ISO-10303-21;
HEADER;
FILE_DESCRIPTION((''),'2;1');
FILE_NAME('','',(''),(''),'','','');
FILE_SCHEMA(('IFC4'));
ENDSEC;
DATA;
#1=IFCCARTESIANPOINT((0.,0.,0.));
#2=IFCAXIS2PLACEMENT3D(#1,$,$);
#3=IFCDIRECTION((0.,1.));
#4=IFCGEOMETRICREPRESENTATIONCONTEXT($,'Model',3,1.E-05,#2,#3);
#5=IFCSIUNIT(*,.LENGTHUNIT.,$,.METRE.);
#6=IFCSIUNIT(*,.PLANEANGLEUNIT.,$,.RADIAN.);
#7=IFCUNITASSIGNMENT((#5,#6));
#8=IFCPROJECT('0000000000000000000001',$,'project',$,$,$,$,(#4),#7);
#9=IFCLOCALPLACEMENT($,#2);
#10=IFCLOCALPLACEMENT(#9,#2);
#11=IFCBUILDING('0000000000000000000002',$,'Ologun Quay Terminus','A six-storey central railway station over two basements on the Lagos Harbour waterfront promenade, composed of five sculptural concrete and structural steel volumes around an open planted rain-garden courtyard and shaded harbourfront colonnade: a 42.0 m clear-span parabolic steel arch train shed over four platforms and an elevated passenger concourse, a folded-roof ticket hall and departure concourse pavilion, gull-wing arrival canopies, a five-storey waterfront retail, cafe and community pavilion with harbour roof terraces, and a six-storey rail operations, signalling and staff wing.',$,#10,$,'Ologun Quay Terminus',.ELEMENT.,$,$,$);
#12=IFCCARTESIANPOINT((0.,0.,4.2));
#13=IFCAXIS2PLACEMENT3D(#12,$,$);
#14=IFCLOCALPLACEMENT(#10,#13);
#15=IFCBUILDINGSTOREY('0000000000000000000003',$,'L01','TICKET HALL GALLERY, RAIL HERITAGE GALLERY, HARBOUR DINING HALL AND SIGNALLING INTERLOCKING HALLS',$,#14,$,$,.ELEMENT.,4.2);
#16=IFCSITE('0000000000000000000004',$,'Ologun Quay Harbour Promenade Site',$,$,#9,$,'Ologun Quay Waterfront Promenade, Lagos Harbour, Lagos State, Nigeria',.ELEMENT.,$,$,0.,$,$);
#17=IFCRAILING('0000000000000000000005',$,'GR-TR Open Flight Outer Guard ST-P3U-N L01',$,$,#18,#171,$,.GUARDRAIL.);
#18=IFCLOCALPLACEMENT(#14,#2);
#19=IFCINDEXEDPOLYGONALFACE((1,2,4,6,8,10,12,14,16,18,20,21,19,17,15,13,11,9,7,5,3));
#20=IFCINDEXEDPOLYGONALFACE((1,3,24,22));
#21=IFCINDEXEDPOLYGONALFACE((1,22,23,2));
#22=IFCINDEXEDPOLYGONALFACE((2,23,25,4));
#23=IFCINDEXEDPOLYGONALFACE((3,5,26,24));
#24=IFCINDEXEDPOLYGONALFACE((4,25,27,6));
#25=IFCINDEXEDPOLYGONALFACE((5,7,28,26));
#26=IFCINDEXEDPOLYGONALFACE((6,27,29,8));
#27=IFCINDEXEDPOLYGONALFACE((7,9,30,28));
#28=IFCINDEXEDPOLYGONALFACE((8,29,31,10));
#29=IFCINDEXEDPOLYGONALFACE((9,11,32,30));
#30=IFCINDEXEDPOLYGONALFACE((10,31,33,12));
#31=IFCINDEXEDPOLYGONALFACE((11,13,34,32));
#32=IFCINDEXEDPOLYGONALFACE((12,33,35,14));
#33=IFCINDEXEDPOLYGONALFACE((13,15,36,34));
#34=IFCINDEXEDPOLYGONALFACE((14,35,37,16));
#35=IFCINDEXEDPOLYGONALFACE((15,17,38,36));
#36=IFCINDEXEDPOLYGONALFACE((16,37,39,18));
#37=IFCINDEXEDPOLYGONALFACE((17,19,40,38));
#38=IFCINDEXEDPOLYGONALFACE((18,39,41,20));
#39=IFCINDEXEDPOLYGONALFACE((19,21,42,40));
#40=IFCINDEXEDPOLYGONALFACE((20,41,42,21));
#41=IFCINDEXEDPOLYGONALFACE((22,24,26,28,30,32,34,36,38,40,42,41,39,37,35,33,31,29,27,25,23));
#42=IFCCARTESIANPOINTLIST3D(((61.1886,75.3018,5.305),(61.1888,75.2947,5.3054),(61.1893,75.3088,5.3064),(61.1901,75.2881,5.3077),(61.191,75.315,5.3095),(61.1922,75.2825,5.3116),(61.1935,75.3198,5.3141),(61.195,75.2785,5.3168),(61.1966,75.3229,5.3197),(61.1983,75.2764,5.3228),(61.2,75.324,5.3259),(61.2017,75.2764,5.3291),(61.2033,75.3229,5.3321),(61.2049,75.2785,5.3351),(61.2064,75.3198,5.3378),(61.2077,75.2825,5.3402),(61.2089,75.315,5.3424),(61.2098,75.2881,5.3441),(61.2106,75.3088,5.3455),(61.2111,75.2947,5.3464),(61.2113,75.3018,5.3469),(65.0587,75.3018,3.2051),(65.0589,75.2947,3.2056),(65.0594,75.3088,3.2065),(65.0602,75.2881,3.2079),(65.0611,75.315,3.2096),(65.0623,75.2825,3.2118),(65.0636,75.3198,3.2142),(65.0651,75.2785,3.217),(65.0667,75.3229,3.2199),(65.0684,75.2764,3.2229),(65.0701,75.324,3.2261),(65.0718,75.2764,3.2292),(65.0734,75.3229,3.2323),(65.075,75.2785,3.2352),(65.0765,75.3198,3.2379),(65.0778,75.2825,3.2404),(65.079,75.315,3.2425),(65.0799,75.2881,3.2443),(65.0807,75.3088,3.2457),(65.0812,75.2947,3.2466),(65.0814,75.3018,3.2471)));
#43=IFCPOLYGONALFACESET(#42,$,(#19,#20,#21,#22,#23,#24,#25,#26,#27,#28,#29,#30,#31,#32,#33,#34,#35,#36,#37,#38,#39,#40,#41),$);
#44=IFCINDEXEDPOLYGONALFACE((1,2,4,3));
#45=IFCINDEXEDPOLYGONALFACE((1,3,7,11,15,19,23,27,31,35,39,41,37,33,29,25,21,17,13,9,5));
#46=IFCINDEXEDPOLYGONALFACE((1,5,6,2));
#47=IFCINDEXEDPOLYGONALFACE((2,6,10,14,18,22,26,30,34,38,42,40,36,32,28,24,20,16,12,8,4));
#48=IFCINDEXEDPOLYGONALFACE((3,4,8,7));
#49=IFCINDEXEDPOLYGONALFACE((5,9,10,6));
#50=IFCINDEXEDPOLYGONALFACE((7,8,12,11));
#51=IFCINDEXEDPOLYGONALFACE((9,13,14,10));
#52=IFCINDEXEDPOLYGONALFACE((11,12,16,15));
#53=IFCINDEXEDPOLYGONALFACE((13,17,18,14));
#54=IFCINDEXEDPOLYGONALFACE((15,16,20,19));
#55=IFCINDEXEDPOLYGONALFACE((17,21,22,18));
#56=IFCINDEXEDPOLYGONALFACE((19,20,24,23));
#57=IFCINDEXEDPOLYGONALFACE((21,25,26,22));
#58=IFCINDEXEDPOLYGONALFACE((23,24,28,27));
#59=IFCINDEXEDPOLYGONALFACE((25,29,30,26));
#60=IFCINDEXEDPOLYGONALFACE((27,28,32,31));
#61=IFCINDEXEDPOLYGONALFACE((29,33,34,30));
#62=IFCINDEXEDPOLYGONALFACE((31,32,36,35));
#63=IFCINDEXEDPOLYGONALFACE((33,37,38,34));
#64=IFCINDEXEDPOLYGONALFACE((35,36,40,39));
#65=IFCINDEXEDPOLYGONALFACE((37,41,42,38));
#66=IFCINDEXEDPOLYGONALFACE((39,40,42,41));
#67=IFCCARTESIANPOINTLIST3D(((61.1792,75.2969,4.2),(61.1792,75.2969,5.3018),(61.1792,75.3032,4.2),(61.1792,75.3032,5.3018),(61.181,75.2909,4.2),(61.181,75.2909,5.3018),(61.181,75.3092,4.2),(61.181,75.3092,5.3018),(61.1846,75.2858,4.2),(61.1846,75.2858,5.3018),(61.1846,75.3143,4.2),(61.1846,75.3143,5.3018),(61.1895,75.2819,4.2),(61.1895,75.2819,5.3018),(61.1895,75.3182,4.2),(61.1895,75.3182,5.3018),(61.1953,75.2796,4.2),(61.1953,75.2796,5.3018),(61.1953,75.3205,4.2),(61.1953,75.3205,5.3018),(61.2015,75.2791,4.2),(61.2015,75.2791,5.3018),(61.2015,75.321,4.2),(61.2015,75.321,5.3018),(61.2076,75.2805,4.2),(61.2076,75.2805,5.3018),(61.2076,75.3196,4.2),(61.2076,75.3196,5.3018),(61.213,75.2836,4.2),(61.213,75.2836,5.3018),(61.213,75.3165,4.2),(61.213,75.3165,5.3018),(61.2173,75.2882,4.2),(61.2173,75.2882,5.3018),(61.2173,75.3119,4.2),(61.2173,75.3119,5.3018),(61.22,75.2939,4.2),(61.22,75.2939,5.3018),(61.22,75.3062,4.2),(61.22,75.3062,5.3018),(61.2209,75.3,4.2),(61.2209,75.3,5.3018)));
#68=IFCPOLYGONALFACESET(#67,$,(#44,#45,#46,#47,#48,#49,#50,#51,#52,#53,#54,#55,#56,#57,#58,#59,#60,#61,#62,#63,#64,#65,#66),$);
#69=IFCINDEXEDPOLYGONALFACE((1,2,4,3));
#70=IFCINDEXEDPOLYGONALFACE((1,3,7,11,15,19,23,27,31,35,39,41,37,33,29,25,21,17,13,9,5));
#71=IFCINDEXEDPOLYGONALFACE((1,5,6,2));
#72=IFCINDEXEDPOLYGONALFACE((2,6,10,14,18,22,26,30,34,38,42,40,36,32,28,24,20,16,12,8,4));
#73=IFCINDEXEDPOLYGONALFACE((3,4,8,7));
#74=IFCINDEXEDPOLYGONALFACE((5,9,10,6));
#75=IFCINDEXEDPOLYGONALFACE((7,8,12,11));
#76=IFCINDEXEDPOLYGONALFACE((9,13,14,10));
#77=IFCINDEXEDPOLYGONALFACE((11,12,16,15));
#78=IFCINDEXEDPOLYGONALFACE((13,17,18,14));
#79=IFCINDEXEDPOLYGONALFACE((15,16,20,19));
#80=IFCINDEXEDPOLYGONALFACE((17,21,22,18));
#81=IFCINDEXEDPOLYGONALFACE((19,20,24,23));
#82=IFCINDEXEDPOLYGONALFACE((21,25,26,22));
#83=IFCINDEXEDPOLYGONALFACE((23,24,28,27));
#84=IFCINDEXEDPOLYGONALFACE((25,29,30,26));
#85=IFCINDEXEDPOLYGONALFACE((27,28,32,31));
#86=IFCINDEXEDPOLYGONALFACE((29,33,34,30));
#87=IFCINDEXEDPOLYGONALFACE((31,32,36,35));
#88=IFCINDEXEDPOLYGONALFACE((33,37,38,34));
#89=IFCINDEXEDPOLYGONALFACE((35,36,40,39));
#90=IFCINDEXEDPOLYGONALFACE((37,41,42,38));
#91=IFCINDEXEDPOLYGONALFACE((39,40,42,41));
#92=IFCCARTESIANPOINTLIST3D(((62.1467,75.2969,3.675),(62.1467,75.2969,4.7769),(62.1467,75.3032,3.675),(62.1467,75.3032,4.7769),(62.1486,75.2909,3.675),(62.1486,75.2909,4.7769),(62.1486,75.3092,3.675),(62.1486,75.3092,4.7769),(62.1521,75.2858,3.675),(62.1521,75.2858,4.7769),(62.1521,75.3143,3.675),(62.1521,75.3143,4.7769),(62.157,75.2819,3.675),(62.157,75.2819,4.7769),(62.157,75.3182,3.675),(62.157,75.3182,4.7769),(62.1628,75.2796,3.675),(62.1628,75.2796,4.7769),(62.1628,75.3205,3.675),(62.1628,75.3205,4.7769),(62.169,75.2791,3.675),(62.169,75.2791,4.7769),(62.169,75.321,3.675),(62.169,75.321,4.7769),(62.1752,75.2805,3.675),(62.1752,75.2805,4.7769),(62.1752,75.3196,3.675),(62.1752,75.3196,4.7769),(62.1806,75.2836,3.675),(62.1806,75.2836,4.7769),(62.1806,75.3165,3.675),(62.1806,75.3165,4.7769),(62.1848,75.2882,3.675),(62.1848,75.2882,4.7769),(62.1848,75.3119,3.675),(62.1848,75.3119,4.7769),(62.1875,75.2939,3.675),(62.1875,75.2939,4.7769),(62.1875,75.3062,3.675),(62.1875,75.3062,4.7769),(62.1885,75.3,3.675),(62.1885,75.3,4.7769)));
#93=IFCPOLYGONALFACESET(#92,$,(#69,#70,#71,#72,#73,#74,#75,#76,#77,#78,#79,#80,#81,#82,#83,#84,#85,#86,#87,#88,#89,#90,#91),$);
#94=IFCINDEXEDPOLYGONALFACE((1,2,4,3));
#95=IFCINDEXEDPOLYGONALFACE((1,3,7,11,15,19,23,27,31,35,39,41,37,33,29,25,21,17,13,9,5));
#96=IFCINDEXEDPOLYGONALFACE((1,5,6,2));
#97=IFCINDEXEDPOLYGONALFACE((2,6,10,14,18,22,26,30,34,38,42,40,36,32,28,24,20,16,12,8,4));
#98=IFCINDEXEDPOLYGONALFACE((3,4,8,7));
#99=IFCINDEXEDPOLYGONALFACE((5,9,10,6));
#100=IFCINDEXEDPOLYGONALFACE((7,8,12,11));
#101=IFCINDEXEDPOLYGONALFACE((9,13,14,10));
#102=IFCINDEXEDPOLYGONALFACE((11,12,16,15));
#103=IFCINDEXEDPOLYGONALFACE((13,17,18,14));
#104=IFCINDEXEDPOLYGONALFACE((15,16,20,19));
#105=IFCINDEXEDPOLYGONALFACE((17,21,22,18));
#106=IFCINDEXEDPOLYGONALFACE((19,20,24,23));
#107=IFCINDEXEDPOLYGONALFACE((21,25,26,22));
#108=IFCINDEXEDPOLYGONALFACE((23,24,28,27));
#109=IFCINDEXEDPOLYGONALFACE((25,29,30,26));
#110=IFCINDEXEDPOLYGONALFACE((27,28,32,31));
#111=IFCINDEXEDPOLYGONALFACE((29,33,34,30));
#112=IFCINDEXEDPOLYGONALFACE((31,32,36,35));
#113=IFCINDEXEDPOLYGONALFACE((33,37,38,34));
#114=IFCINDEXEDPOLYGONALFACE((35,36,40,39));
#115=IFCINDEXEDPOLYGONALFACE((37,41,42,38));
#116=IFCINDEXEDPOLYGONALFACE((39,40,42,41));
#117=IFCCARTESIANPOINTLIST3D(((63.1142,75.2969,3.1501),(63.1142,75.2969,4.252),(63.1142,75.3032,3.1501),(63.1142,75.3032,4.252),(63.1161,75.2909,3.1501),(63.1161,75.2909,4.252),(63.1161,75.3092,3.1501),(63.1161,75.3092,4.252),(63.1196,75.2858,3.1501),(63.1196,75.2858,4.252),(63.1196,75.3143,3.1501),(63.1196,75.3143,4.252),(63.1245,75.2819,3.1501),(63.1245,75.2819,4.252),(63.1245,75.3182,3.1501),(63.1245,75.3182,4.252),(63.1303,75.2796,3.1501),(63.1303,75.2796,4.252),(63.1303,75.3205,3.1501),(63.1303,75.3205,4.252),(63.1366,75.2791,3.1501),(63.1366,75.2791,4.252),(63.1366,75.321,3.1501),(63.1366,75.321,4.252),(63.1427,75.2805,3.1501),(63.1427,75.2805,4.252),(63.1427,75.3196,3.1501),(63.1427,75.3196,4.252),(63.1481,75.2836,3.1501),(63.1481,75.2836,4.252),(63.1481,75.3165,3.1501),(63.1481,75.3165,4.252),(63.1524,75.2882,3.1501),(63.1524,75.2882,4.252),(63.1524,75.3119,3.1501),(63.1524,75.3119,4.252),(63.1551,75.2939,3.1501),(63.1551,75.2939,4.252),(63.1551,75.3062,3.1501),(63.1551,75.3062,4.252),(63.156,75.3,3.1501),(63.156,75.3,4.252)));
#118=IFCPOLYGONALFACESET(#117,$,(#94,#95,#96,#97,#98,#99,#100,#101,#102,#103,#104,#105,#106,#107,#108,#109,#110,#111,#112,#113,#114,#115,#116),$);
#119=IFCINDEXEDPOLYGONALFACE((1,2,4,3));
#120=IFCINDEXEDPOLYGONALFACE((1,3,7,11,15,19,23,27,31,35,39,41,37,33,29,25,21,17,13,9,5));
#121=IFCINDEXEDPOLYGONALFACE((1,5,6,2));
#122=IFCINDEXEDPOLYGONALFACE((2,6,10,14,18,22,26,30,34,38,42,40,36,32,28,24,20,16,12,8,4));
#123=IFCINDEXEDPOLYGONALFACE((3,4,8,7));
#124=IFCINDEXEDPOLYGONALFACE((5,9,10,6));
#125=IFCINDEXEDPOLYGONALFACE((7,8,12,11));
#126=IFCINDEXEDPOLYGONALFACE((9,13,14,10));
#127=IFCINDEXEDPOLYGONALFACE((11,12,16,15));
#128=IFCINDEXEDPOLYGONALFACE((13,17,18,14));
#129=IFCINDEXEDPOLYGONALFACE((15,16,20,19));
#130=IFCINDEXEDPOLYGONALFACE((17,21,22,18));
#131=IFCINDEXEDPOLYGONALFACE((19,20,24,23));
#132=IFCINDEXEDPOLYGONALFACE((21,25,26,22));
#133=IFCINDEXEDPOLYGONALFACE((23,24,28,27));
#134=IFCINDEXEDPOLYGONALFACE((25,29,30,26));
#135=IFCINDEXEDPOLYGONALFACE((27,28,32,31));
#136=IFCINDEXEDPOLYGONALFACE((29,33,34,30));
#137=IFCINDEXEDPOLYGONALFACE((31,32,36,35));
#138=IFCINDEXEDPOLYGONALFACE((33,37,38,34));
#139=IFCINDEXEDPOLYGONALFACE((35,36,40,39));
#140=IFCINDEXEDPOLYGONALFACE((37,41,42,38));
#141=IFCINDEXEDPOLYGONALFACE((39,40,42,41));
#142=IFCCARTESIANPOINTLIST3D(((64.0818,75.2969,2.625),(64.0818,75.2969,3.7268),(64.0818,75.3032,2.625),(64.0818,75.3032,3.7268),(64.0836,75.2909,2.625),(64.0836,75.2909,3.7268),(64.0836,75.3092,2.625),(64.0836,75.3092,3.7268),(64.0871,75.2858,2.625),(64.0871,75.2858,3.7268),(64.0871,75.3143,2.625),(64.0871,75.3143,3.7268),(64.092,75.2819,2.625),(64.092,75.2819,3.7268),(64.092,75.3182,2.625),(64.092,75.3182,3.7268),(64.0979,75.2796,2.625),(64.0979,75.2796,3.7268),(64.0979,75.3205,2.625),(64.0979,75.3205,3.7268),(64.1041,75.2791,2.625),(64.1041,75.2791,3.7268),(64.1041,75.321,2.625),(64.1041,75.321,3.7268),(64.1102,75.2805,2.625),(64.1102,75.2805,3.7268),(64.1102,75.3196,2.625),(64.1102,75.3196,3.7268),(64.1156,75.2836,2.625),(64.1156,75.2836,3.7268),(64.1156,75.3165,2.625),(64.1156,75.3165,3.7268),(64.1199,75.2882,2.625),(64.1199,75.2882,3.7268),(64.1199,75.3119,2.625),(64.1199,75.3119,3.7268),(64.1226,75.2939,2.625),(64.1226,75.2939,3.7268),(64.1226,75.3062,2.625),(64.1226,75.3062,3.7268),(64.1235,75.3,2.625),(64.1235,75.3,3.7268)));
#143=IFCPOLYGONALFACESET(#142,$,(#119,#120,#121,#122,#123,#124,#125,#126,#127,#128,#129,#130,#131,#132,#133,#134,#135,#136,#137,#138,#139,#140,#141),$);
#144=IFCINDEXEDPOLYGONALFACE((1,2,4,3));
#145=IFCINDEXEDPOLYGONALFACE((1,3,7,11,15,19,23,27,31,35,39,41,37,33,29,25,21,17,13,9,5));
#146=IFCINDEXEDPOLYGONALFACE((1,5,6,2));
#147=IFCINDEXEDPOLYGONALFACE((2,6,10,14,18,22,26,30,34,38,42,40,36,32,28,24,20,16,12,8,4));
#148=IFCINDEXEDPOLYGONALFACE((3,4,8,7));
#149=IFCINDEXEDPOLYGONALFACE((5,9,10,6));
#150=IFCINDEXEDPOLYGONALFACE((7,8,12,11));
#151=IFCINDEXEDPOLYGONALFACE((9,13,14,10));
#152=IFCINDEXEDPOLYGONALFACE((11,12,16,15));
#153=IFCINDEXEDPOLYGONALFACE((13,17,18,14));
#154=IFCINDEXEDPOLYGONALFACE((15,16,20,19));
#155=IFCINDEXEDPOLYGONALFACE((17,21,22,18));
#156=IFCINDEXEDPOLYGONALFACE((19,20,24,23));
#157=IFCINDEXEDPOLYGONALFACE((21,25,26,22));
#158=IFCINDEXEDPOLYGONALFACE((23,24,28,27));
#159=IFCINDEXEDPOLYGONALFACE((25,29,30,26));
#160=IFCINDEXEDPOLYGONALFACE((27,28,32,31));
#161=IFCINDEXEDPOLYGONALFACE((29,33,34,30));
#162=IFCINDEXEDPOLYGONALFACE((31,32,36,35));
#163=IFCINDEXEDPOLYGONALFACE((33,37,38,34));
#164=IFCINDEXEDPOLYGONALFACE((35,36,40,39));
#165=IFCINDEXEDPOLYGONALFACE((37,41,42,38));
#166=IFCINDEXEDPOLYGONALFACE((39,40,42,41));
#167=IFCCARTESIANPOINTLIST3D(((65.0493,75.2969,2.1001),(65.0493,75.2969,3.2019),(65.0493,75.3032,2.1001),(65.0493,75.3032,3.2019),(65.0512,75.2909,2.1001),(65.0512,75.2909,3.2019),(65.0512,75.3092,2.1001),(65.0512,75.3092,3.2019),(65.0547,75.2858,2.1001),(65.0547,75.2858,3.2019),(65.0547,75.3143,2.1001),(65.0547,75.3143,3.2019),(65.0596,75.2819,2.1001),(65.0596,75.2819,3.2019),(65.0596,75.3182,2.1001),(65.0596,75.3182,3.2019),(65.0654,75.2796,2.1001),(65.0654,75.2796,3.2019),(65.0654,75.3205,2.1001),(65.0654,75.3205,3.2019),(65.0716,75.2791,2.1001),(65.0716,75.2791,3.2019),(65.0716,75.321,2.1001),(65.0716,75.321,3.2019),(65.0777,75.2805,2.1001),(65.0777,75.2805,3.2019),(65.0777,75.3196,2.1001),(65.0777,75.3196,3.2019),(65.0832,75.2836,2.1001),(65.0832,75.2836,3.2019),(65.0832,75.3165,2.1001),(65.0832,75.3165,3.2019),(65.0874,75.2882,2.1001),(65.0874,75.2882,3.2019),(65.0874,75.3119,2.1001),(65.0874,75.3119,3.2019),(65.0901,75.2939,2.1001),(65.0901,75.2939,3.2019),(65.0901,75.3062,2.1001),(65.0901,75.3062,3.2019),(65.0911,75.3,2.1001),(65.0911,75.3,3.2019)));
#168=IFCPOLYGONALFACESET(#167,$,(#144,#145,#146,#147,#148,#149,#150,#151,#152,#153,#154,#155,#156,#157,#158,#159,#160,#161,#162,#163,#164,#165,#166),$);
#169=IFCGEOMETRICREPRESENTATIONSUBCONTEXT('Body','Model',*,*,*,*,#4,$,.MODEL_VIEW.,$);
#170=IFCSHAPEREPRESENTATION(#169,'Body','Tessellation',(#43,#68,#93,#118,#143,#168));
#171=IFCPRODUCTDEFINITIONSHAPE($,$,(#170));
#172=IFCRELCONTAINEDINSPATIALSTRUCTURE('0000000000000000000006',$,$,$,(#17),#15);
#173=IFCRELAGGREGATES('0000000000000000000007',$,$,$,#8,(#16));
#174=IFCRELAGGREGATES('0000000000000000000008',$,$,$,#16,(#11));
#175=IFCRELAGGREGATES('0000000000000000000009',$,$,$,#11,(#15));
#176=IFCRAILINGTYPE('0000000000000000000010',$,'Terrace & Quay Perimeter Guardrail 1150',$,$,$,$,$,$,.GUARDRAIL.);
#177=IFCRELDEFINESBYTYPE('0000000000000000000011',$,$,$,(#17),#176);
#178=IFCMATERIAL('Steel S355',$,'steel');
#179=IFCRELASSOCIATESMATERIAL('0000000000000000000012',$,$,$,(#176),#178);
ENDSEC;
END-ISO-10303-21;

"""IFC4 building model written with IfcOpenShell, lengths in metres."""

from ifc_helpers import new_model, si_unit, direction, frame, origin, origin_2d, place, context, subcontext, project, spatial, circle, extrude, material, type_object, element, save


model = new_model("IFC4")

# Units and contexts
model_context = context("Model", 3, precision=1e-05, world=origin(), true_north=direction((0.0, 1.0)))
body_context = subcontext(model_context, "Body", "Model", "MODEL_VIEW")
ifc_project = project(units=[si_unit("LENGTHUNIT", "METRE"), si_unit("PLANEANGLEUNIT", "RADIAN")], contexts=[model_context])

# Site, building, storey
site_placement = place(None, origin())
site = spatial("IfcSite", under=ifc_project, at=site_placement, Name="Ologun Quay Harbour Promenade Site", LongName="Ologun Quay Waterfront Promenade, Lagos Harbour, Lagos State, Nigeria", CompositionType="ELEMENT", RefElevation=0.0)
building_placement = place(site_placement, origin())
building = spatial("IfcBuilding", under=site, at=building_placement, Name="Ologun Quay Terminus", Description="A six-storey central railway station over two basements on the Lagos Harbour waterfront promenade, composed of five sculptural concrete and structural steel volumes around an open planted rain-garden courtyard and shaded harbourfront colonnade: a 42.0 m clear-span parabolic steel arch train shed over four platforms and an elevated passenger concourse, a folded-roof ticket hall and departure concourse pavilion, gull-wing arrival canopies, a five-storey waterfront retail, cafe and community pavilion with harbour roof terraces, and a six-storey rail operations, signalling and staff wing.", LongName="Ologun Quay Terminus", CompositionType="ELEMENT")
storey_placement = place(building_placement, frame((0.0, 0.0, 4.2)))
storey = spatial("IfcBuildingStorey", under=building, at=storey_placement, Name="L01", Description="TICKET HALL GALLERY, RAIL HERITAGE GALLERY, HARBOUR DINING HALL AND SIGNALLING INTERLOCKING HALLS", CompositionType="ELEMENT", Elevation=4.2)

# Railing
ifc_material_1 = material(Name="Steel S355", Category="steel")
railing_type_1 = type_object("IfcRailingType", Name="Terrace & Quay Perimeter Guardrail 1150", PredefinedType="GUARDRAIL", material=ifc_material_1)
railing_1_placement = place(storey_placement, frame((61.2, 75.3, 4.2)))
element("IfcRailing", 1, at=railing_1_placement, inside=storey, type_object=railing_type_1, Name="GR-TR Open Flight Outer Guard ST-P3U-N L01", PredefinedType="GUARDRAIL", context=body_context, shape_type="SweptSolid", body=[
    extrude(circle(Radius=0.0239, at=origin_2d()), frame((0.0, 0.0, 1.126), z_axis=(0.878955, 0.0, -0.476905), x_axis=(0.0, 1.0, 0.0)), (0.0, 0.0, 1.0), 4.4031),
    extrude(circle(Radius=0.021, at=origin_2d()), origin(), (0.0, 0.0, 1.0), 1.1018),
    extrude(circle(Radius=0.021, at=origin_2d()), frame((0.9675, 0.0, -0.5249)), (0.0, 0.0, 1.0), 1.1018),
    extrude(circle(Radius=0.021, at=origin_2d()), frame((1.9351, 0.0, -1.0498)), (0.0, 0.0, 1.0), 1.1018),
    extrude(circle(Radius=0.021, at=origin_2d()), frame((2.9026, 0.0, -1.575)), (0.0, 0.0, 1.0), 1.1018),
    extrude(circle(Radius=0.021, at=origin_2d()), frame((3.8701, 0.0, -2.0999)), (0.0, 0.0, 1.0), 1.1018),
])

save(model, "model.ifc")
